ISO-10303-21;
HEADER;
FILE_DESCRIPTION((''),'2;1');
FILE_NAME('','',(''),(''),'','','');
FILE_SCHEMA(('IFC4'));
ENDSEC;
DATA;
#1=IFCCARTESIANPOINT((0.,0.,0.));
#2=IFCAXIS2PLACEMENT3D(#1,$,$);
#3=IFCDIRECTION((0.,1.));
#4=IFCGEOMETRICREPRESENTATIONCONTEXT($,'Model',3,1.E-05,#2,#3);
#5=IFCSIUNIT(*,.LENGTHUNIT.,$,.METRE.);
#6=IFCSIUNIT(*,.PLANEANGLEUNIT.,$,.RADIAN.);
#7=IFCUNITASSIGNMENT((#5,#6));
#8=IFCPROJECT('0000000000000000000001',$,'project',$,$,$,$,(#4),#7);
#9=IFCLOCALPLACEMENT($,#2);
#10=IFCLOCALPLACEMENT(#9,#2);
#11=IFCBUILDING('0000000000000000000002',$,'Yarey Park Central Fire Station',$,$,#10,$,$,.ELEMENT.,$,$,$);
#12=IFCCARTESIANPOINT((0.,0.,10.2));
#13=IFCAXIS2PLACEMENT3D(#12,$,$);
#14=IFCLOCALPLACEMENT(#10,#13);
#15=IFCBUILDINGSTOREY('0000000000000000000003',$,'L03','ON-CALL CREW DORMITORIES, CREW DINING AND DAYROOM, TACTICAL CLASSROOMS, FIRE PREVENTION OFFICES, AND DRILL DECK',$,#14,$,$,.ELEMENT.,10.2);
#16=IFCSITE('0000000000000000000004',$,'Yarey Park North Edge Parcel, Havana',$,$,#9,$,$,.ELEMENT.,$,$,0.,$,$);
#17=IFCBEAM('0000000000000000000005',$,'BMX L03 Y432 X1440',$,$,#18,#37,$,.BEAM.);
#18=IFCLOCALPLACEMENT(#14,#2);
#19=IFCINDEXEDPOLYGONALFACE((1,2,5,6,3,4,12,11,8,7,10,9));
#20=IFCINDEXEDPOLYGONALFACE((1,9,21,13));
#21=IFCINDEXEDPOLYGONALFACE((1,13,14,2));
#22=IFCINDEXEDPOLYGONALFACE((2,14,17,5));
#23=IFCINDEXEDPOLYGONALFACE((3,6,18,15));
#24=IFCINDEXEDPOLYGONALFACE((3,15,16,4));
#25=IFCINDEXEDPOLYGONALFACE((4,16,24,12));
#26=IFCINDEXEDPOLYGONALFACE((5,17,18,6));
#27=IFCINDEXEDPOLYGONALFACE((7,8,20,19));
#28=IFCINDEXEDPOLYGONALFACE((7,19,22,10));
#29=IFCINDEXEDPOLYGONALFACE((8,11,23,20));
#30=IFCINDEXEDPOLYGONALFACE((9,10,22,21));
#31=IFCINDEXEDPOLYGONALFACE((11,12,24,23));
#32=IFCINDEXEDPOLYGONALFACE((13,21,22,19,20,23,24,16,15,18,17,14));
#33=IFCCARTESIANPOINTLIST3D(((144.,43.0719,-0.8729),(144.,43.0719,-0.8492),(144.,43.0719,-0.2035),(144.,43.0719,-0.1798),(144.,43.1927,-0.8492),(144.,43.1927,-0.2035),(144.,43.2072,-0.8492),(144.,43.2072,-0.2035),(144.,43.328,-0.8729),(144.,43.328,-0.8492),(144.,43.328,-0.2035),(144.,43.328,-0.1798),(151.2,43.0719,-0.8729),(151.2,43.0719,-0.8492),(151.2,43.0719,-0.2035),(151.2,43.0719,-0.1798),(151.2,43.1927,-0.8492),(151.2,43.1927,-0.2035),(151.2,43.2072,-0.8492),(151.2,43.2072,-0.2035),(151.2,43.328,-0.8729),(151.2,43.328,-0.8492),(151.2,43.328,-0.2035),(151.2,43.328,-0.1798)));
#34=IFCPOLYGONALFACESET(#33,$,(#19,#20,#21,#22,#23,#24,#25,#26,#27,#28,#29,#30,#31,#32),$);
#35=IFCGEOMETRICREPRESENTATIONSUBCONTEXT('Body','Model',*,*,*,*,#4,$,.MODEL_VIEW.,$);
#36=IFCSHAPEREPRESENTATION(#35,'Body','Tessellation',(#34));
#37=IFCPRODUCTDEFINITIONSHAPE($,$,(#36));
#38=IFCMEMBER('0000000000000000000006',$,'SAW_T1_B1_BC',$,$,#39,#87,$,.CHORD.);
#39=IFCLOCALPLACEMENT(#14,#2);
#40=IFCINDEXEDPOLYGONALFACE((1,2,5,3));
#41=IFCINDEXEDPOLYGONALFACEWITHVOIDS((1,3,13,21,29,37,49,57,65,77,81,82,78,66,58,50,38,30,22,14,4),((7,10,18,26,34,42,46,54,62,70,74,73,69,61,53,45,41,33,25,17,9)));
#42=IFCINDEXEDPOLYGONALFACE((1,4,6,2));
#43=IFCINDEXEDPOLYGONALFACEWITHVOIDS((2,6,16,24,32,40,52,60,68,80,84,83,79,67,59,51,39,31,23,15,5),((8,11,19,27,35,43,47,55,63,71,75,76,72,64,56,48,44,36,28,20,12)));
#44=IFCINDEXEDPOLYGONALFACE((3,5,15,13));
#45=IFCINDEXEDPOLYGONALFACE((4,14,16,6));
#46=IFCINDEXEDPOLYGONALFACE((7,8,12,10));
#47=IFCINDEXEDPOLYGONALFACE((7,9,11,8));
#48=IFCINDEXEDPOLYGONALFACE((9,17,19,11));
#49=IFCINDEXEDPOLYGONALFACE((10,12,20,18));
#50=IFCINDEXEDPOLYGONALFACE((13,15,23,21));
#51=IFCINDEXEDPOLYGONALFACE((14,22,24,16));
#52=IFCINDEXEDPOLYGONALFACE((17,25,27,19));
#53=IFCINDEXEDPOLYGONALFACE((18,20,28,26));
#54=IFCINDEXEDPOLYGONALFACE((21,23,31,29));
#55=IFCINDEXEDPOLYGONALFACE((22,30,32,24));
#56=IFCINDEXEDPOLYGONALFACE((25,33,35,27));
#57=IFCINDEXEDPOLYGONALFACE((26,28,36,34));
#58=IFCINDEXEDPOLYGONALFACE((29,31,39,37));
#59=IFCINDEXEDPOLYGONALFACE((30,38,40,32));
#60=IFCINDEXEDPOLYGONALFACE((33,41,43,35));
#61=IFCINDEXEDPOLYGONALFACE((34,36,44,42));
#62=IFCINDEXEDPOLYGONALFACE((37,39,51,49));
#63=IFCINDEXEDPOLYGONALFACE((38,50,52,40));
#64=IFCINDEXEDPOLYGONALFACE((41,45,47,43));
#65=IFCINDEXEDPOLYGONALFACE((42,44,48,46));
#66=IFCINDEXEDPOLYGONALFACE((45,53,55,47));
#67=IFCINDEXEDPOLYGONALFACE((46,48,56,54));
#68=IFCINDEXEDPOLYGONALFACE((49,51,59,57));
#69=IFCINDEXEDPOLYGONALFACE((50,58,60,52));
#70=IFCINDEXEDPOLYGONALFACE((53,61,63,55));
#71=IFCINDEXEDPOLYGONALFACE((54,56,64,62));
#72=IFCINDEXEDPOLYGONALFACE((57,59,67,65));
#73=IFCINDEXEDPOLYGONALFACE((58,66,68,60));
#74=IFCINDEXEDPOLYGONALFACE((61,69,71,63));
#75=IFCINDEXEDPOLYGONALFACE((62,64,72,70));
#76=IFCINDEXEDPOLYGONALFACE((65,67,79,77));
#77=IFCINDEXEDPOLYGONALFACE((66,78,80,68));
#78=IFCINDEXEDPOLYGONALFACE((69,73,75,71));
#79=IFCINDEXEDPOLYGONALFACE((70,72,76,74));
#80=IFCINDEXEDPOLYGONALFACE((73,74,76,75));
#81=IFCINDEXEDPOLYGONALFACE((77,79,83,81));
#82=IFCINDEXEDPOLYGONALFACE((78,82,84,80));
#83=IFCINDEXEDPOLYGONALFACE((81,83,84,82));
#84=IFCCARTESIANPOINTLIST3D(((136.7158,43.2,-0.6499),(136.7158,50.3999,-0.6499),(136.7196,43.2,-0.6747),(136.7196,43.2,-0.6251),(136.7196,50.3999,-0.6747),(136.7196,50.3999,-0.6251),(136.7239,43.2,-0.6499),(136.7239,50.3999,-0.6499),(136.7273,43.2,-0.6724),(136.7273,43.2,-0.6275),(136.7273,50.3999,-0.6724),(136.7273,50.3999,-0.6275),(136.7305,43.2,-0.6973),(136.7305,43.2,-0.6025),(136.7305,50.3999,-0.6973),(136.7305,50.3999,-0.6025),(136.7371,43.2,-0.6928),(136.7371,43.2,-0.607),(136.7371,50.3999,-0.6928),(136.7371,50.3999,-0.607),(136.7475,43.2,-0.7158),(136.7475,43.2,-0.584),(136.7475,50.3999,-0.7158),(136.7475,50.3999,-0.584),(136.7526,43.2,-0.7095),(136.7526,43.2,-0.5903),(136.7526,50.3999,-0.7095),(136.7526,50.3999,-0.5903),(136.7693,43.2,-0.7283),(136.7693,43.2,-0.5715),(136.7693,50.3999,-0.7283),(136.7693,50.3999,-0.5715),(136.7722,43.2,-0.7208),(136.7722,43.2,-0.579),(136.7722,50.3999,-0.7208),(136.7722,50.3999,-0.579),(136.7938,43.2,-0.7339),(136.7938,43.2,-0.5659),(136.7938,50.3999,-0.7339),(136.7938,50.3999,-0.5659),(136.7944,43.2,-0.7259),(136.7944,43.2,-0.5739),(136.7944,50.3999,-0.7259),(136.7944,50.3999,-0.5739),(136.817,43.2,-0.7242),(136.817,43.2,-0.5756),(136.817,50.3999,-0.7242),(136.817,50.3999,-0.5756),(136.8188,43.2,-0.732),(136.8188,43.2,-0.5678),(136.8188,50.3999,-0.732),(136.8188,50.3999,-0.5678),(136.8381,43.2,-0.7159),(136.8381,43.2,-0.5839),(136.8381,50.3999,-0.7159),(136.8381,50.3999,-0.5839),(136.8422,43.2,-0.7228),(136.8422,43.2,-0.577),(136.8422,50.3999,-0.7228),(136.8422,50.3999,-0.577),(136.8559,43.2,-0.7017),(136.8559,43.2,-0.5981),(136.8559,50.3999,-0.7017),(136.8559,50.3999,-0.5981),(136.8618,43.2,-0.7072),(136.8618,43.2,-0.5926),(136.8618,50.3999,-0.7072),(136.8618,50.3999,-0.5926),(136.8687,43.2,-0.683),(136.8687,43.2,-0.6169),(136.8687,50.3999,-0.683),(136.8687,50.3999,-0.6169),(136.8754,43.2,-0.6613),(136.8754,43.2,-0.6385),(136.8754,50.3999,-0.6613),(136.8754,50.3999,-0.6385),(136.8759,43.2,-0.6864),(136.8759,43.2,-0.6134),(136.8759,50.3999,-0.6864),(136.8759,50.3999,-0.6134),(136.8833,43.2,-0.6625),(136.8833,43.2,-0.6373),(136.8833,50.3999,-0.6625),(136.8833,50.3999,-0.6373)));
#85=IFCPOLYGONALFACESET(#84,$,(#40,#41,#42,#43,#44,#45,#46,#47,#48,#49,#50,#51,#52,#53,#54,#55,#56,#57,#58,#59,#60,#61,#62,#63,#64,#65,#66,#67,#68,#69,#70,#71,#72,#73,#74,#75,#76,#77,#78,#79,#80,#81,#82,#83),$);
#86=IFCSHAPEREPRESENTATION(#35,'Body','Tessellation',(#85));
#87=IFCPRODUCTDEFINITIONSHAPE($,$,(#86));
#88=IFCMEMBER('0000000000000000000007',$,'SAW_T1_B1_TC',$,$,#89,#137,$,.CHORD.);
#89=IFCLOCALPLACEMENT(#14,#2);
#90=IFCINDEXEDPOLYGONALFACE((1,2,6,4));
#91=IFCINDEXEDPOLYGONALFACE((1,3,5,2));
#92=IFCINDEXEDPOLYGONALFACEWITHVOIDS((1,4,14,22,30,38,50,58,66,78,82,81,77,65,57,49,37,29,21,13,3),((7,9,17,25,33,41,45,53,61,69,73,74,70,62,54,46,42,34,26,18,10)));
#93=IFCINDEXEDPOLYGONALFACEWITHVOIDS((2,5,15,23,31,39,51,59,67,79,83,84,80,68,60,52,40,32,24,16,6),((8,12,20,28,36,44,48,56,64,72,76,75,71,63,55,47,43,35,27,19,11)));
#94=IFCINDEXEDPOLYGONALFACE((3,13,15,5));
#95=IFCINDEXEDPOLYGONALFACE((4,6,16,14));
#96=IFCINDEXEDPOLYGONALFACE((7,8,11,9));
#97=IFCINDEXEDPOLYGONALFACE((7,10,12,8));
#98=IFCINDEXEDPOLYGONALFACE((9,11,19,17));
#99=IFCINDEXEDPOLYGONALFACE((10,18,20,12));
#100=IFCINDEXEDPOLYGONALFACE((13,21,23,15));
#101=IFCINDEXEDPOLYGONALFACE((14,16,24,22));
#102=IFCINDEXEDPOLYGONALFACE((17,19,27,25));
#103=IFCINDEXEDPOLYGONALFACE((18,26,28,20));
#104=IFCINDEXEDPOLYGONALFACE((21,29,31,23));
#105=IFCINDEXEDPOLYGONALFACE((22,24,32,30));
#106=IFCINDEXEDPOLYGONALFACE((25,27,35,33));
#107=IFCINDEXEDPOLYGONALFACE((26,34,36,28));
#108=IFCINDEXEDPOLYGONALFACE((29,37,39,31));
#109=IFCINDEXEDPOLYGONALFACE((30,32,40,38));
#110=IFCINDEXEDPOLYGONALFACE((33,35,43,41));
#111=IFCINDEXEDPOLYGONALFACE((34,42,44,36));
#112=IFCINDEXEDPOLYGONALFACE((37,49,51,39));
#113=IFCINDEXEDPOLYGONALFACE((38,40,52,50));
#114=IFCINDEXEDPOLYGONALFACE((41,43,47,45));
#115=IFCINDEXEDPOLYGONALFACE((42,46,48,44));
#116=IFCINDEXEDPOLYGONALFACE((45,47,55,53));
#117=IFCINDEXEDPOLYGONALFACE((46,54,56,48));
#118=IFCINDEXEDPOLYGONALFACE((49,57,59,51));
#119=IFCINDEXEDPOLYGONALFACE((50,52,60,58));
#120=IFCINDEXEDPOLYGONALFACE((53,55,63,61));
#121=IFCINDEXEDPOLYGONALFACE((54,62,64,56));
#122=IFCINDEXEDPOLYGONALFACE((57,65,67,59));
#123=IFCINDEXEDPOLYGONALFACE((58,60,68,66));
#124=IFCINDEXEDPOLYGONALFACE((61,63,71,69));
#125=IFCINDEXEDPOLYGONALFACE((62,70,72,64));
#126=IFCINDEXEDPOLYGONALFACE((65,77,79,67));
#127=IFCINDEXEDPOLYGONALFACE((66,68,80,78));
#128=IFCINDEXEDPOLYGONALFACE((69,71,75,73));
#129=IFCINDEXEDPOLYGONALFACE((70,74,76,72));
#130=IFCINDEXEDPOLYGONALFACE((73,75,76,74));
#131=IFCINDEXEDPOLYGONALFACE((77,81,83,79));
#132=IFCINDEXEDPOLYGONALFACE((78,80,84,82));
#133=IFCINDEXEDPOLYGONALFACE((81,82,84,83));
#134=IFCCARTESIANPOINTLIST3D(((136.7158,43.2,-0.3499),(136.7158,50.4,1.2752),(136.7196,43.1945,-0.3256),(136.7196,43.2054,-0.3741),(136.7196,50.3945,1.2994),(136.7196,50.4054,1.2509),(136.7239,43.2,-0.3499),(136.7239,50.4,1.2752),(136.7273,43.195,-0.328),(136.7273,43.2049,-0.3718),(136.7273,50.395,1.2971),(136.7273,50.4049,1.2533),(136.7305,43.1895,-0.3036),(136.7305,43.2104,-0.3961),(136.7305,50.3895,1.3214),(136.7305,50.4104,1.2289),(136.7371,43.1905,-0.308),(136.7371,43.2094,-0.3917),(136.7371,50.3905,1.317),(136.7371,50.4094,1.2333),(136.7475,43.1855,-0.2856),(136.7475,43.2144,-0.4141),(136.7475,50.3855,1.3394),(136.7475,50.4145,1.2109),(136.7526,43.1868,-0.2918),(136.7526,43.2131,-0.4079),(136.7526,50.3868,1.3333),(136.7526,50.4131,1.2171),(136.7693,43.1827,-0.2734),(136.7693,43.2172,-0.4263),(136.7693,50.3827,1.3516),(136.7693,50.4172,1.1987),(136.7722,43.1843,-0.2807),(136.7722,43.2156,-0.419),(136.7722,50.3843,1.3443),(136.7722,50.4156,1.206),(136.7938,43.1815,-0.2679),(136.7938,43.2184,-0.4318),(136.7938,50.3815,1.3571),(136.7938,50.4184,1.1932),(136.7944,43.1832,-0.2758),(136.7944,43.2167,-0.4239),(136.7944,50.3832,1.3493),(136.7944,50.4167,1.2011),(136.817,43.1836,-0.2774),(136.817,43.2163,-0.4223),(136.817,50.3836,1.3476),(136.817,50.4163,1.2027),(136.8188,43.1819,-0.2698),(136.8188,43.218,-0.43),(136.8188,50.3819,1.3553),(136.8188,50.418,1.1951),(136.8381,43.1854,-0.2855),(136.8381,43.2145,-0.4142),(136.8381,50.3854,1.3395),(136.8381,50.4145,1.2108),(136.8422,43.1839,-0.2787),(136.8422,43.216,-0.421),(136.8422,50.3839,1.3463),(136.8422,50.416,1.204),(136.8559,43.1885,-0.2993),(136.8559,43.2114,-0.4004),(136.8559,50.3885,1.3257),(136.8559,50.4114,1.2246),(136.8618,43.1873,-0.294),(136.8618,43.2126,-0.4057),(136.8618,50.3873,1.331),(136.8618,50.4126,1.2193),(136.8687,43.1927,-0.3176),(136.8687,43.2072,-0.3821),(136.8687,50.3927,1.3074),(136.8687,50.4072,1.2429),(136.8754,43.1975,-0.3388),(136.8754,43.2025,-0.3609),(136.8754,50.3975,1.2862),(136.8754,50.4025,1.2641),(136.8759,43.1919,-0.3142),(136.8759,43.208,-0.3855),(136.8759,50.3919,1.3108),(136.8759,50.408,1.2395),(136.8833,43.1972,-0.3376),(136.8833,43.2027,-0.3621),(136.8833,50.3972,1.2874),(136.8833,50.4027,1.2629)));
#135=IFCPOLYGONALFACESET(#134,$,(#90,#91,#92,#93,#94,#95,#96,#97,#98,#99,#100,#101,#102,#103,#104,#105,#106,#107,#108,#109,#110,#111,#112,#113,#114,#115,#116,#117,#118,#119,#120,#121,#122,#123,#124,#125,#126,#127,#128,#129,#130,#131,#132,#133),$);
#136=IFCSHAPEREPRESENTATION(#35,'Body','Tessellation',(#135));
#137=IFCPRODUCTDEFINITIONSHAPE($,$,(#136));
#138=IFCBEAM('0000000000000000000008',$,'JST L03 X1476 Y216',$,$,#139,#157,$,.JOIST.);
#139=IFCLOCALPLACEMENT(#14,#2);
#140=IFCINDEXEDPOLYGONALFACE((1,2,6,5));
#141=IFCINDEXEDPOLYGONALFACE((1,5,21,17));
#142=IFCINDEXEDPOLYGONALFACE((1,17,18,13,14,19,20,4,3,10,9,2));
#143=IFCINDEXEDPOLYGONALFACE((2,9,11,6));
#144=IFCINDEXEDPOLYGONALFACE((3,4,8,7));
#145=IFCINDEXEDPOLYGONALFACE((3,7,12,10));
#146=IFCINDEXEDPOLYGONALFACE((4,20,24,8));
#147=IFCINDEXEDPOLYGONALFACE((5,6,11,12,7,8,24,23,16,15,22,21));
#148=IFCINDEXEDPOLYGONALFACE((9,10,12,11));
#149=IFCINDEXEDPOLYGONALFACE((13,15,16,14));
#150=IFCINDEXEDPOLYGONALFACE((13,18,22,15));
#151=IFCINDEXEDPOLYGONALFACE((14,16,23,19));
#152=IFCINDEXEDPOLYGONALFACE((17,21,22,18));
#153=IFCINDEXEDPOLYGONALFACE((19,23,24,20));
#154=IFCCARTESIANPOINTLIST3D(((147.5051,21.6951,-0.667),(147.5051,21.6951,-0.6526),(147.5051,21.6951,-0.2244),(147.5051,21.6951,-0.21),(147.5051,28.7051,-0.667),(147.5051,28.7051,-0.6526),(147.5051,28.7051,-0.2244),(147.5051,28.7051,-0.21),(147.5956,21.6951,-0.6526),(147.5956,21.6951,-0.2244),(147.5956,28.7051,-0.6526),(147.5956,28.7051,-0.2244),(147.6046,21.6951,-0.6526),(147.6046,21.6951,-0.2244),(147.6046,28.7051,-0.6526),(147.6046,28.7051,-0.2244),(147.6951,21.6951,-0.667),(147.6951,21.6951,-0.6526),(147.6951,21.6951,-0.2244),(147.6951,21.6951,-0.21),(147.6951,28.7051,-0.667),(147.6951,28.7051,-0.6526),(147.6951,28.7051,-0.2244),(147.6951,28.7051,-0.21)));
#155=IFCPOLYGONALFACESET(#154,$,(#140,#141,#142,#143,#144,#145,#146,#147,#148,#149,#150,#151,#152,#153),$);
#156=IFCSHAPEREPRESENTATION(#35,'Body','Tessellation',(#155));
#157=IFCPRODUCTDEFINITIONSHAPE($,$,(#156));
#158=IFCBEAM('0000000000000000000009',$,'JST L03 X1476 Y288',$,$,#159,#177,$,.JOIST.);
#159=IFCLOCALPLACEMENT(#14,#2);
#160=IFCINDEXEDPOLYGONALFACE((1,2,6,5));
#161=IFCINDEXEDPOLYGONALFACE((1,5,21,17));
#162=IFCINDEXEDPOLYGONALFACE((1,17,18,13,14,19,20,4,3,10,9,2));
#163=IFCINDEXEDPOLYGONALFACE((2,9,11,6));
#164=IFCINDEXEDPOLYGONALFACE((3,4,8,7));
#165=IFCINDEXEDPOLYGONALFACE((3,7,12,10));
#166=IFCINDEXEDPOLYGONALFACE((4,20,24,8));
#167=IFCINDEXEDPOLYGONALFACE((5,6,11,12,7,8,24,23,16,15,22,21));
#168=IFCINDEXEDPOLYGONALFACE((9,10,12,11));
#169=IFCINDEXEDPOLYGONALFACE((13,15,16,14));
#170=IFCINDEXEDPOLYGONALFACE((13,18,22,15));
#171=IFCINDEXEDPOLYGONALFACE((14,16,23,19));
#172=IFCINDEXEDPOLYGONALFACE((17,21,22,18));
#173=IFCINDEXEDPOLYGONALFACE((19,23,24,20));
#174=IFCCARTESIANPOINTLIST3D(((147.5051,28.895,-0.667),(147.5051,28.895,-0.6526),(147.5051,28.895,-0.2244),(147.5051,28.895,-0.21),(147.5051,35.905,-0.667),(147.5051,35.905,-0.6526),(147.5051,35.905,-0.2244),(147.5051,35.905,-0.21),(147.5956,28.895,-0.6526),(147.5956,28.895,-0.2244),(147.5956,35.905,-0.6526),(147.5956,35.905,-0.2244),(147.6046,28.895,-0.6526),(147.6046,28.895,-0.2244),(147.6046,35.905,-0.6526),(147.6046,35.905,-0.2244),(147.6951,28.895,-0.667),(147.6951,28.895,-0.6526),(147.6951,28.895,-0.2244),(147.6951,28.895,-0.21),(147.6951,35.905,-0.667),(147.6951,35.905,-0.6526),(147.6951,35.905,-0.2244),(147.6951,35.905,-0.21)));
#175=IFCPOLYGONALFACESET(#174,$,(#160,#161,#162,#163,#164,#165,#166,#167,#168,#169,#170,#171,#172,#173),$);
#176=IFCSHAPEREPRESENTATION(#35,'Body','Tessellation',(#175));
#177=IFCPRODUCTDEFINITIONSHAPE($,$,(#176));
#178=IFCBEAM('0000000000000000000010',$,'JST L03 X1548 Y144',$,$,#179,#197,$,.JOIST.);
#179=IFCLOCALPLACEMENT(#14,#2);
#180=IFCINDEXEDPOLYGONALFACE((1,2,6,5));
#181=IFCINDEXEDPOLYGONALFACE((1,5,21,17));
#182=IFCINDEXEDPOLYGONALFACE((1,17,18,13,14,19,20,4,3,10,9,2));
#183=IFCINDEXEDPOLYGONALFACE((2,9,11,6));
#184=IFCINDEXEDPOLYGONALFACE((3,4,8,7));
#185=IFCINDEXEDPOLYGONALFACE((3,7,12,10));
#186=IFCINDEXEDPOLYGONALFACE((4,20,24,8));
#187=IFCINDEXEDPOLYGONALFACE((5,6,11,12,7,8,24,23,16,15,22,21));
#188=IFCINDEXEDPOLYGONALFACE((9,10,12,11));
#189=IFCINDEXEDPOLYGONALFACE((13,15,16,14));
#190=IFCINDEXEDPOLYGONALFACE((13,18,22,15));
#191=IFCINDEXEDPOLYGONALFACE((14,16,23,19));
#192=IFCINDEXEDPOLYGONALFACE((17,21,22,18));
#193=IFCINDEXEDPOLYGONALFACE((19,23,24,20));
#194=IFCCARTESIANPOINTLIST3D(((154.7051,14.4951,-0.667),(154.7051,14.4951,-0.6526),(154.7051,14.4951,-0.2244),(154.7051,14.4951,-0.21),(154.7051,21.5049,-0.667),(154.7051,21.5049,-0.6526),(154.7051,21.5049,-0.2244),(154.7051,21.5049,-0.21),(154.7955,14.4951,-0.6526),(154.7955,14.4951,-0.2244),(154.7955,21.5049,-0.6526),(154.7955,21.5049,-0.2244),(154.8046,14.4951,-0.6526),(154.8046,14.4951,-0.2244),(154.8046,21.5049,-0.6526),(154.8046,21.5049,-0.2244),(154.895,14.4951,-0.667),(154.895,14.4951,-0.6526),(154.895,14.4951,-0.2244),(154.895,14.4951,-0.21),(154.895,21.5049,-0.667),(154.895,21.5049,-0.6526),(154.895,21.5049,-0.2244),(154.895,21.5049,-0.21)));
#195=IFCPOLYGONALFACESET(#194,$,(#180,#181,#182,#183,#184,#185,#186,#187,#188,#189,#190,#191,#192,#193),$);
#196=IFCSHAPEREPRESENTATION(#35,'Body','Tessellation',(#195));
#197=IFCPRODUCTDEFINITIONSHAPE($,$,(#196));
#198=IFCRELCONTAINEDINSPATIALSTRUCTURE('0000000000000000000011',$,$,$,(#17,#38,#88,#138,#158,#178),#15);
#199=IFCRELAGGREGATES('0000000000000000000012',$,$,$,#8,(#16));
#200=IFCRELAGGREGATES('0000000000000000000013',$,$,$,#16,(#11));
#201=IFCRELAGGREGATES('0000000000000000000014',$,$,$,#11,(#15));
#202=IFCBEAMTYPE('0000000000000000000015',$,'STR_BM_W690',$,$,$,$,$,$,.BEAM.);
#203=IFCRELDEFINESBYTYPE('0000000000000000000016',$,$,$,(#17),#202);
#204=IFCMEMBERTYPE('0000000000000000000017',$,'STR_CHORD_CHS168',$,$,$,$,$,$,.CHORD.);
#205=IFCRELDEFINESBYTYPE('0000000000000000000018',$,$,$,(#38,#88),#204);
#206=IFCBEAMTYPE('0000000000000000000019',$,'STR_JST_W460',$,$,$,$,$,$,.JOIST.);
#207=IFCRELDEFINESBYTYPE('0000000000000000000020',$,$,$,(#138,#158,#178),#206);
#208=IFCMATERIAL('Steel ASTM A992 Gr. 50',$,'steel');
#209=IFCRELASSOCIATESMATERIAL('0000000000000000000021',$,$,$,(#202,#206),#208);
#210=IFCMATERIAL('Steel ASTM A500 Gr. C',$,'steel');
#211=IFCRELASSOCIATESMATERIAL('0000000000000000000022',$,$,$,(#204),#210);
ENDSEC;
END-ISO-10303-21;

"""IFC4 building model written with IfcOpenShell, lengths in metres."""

from ifc_helpers import new_model, si_unit, direction, frame, origin, origin_2d, place, context, subcontext, project, spatial, hollow_circle, i_section, extrude, material, material_profile, profile_set, type_object, element, save


model = new_model("IFC4")

# Units and contexts
model_context = context("Model", 3, precision=1e-05, world=origin(), true_north=direction((0.0, 1.0)))
body_context = subcontext(model_context, "Body", "Model", "MODEL_VIEW")
ifc_project = project(units=[si_unit("LENGTHUNIT", "METRE"), si_unit("PLANEANGLEUNIT", "RADIAN")], contexts=[model_context])

# Site, building, storey
site_placement = place(None, origin())
site = spatial("IfcSite", under=ifc_project, at=site_placement, Name="Yarey Park North Edge Parcel, Havana", CompositionType="ELEMENT", RefElevation=0.0)
building_placement = place(site_placement, origin())
building = spatial("IfcBuilding", under=site, at=building_placement, Name="Yarey Park Central Fire Station", CompositionType="ELEMENT")
storey_placement = place(building_placement, frame((0.0, 0.0, 10.2)))
storey = spatial("IfcBuildingStorey", under=building, at=storey_placement, Name="L03", Description="ON-CALL CREW DORMITORIES, CREW DINING AND DAYROOM, TACTICAL CLASSROOMS, FIRE PREVENTION OFFICES, AND DRILL DECK", CompositionType="ELEMENT", Elevation=10.2)

# Beam
ifc_material_1 = material(Name="Steel ASTM A992 Gr. 50", Category="steel")
ifc_material_profile_1 = material_profile(ifc_material_1, i_section(OverallWidth=0.2561, OverallDepth=0.6931, WebThickness=0.0144, FlangeThickness=0.0237, at=origin_2d()), Name="W690x170")
ifc_profile_set_1 = profile_set([ifc_material_profile_1], Name="Steel ASTM A992 Gr. 50")
beam_type_1 = type_object("IfcBeamType", Name="STR_BM_W690", PredefinedType="BEAM", material=ifc_profile_set_1)
for number, where, z_axis, x_axis, name in (
    (1, (144.0, 43.2, -0.5264), (1.0, 0.0, 0.0), (0.0, 1.0, 0.0), "BMX L03 Y432 X1440"),
):
    element("IfcBeam", number, at=place(storey_placement, frame(where, z_axis=z_axis, x_axis=x_axis)), inside=storey, type_object=beam_type_1, Name=name, PredefinedType="BEAM", context=body_context, shape_type="SweptSolid", body=[
        extrude(i_section(OverallWidth=0.2561, OverallDepth=0.6931, WebThickness=0.0144, FlangeThickness=0.0237, at=origin_2d()), origin(), (0.0, 0.0, 1.0), 7.2),
    ])

# Members
ifc_material_2 = material(Name="Steel ASTM A500 Gr. C", Category="steel")
ifc_material_profile_2 = material_profile(ifc_material_2, hollow_circle(Radius=0.0842, WallThickness=0.0081, at=origin_2d()), Name="CHS 168.3x8")
ifc_profile_set_2 = profile_set([ifc_material_profile_2], Name="Steel ASTM A500 Gr. C")
member_type = type_object("IfcMemberType", Name="STR_CHORD_CHS168", PredefinedType="CHORD", material=ifc_profile_set_2)
member_1_placement = place(storey_placement, frame((136.8, 43.2, -0.6499), z_axis=(0.0, 1.0, 0.0), x_axis=(-1.0, 0.0, 0.0)))
element("IfcMember", 2, at=member_1_placement, inside=storey, type_object=member_type, Name="SAW_T1_B1_BC", PredefinedType="CHORD", context=body_context, shape_type="SweptSolid", body=[
    extrude(hollow_circle(Radius=0.0842, WallThickness=0.0081, at=origin_2d()), origin(), (0.0, 0.0, 1.0), 7.2),
])
member_2_placement = place(storey_placement, frame((136.8, 43.2, -0.3499), z_axis=(0.0, 0.975464, 0.220158), x_axis=(-1.0, 0.0, 0.0)))
element("IfcMember", 3, at=member_2_placement, inside=storey, type_object=member_type, Name="SAW_T1_B1_TC", PredefinedType="CHORD", context=body_context, shape_type="SweptSolid", body=[
    extrude(hollow_circle(Radius=0.0842, WallThickness=0.0081, at=origin_2d()), origin(), (0.0, 0.0, 1.0), 7.3811),
])

# Beams
ifc_material_profile_3 = material_profile(ifc_material_1, i_section(OverallWidth=0.1899, OverallDepth=0.457, WebThickness=0.009, FlangeThickness=0.0144, at=origin_2d()), Name="W460x74")
ifc_profile_set_3 = profile_set([ifc_material_profile_3], Name="Steel ASTM A992 Gr. 50")
beam_type_2 = type_object("IfcBeamType", Name="STR_JST_W460", PredefinedType="JOIST", material=ifc_profile_set_3)
for number, where, z_axis, x_axis, name in (
    (4, (147.6001, 21.6951, -0.4385), (0.0, 1.0, 0.0), (-1.0, 0.0, 0.0), "JST L03 X1476 Y216"),
    (5, (147.6001, 28.895, -0.4385), (0.0, 1.0, 0.0), (-1.0, 0.0, 0.0), "JST L03 X1476 Y288"),
):
    element("IfcBeam", number, at=place(storey_placement, frame(where, z_axis=z_axis, x_axis=x_axis)), inside=storey, type_object=beam_type_2, Name=name, PredefinedType="JOIST", context=body_context, shape_type="SweptSolid", body=[
        extrude(i_section(OverallWidth=0.1899, OverallDepth=0.457, WebThickness=0.009, FlangeThickness=0.0144, at=origin_2d()), origin(), (0.0, 0.0, 1.0), 7.01),
    ])
beam_1_placement = place(storey_placement, frame((154.8, 14.4951, -0.4385), z_axis=(0.0, 1.0, 0.0), x_axis=(-1.0, 0.0, 0.0)))
element("IfcBeam", 6, at=beam_1_placement, inside=storey, type_object=beam_type_2, Name="JST L03 X1548 Y144", PredefinedType="JOIST", context=body_context, shape_type="SweptSolid", body=[
    extrude(i_section(OverallWidth=0.1899, OverallDepth=0.457, WebThickness=0.009, FlangeThickness=0.0144, at=origin_2d()), origin(), (0.0, 0.0, 1.0), 7.0098),
])

save(model, "model.ifc")
